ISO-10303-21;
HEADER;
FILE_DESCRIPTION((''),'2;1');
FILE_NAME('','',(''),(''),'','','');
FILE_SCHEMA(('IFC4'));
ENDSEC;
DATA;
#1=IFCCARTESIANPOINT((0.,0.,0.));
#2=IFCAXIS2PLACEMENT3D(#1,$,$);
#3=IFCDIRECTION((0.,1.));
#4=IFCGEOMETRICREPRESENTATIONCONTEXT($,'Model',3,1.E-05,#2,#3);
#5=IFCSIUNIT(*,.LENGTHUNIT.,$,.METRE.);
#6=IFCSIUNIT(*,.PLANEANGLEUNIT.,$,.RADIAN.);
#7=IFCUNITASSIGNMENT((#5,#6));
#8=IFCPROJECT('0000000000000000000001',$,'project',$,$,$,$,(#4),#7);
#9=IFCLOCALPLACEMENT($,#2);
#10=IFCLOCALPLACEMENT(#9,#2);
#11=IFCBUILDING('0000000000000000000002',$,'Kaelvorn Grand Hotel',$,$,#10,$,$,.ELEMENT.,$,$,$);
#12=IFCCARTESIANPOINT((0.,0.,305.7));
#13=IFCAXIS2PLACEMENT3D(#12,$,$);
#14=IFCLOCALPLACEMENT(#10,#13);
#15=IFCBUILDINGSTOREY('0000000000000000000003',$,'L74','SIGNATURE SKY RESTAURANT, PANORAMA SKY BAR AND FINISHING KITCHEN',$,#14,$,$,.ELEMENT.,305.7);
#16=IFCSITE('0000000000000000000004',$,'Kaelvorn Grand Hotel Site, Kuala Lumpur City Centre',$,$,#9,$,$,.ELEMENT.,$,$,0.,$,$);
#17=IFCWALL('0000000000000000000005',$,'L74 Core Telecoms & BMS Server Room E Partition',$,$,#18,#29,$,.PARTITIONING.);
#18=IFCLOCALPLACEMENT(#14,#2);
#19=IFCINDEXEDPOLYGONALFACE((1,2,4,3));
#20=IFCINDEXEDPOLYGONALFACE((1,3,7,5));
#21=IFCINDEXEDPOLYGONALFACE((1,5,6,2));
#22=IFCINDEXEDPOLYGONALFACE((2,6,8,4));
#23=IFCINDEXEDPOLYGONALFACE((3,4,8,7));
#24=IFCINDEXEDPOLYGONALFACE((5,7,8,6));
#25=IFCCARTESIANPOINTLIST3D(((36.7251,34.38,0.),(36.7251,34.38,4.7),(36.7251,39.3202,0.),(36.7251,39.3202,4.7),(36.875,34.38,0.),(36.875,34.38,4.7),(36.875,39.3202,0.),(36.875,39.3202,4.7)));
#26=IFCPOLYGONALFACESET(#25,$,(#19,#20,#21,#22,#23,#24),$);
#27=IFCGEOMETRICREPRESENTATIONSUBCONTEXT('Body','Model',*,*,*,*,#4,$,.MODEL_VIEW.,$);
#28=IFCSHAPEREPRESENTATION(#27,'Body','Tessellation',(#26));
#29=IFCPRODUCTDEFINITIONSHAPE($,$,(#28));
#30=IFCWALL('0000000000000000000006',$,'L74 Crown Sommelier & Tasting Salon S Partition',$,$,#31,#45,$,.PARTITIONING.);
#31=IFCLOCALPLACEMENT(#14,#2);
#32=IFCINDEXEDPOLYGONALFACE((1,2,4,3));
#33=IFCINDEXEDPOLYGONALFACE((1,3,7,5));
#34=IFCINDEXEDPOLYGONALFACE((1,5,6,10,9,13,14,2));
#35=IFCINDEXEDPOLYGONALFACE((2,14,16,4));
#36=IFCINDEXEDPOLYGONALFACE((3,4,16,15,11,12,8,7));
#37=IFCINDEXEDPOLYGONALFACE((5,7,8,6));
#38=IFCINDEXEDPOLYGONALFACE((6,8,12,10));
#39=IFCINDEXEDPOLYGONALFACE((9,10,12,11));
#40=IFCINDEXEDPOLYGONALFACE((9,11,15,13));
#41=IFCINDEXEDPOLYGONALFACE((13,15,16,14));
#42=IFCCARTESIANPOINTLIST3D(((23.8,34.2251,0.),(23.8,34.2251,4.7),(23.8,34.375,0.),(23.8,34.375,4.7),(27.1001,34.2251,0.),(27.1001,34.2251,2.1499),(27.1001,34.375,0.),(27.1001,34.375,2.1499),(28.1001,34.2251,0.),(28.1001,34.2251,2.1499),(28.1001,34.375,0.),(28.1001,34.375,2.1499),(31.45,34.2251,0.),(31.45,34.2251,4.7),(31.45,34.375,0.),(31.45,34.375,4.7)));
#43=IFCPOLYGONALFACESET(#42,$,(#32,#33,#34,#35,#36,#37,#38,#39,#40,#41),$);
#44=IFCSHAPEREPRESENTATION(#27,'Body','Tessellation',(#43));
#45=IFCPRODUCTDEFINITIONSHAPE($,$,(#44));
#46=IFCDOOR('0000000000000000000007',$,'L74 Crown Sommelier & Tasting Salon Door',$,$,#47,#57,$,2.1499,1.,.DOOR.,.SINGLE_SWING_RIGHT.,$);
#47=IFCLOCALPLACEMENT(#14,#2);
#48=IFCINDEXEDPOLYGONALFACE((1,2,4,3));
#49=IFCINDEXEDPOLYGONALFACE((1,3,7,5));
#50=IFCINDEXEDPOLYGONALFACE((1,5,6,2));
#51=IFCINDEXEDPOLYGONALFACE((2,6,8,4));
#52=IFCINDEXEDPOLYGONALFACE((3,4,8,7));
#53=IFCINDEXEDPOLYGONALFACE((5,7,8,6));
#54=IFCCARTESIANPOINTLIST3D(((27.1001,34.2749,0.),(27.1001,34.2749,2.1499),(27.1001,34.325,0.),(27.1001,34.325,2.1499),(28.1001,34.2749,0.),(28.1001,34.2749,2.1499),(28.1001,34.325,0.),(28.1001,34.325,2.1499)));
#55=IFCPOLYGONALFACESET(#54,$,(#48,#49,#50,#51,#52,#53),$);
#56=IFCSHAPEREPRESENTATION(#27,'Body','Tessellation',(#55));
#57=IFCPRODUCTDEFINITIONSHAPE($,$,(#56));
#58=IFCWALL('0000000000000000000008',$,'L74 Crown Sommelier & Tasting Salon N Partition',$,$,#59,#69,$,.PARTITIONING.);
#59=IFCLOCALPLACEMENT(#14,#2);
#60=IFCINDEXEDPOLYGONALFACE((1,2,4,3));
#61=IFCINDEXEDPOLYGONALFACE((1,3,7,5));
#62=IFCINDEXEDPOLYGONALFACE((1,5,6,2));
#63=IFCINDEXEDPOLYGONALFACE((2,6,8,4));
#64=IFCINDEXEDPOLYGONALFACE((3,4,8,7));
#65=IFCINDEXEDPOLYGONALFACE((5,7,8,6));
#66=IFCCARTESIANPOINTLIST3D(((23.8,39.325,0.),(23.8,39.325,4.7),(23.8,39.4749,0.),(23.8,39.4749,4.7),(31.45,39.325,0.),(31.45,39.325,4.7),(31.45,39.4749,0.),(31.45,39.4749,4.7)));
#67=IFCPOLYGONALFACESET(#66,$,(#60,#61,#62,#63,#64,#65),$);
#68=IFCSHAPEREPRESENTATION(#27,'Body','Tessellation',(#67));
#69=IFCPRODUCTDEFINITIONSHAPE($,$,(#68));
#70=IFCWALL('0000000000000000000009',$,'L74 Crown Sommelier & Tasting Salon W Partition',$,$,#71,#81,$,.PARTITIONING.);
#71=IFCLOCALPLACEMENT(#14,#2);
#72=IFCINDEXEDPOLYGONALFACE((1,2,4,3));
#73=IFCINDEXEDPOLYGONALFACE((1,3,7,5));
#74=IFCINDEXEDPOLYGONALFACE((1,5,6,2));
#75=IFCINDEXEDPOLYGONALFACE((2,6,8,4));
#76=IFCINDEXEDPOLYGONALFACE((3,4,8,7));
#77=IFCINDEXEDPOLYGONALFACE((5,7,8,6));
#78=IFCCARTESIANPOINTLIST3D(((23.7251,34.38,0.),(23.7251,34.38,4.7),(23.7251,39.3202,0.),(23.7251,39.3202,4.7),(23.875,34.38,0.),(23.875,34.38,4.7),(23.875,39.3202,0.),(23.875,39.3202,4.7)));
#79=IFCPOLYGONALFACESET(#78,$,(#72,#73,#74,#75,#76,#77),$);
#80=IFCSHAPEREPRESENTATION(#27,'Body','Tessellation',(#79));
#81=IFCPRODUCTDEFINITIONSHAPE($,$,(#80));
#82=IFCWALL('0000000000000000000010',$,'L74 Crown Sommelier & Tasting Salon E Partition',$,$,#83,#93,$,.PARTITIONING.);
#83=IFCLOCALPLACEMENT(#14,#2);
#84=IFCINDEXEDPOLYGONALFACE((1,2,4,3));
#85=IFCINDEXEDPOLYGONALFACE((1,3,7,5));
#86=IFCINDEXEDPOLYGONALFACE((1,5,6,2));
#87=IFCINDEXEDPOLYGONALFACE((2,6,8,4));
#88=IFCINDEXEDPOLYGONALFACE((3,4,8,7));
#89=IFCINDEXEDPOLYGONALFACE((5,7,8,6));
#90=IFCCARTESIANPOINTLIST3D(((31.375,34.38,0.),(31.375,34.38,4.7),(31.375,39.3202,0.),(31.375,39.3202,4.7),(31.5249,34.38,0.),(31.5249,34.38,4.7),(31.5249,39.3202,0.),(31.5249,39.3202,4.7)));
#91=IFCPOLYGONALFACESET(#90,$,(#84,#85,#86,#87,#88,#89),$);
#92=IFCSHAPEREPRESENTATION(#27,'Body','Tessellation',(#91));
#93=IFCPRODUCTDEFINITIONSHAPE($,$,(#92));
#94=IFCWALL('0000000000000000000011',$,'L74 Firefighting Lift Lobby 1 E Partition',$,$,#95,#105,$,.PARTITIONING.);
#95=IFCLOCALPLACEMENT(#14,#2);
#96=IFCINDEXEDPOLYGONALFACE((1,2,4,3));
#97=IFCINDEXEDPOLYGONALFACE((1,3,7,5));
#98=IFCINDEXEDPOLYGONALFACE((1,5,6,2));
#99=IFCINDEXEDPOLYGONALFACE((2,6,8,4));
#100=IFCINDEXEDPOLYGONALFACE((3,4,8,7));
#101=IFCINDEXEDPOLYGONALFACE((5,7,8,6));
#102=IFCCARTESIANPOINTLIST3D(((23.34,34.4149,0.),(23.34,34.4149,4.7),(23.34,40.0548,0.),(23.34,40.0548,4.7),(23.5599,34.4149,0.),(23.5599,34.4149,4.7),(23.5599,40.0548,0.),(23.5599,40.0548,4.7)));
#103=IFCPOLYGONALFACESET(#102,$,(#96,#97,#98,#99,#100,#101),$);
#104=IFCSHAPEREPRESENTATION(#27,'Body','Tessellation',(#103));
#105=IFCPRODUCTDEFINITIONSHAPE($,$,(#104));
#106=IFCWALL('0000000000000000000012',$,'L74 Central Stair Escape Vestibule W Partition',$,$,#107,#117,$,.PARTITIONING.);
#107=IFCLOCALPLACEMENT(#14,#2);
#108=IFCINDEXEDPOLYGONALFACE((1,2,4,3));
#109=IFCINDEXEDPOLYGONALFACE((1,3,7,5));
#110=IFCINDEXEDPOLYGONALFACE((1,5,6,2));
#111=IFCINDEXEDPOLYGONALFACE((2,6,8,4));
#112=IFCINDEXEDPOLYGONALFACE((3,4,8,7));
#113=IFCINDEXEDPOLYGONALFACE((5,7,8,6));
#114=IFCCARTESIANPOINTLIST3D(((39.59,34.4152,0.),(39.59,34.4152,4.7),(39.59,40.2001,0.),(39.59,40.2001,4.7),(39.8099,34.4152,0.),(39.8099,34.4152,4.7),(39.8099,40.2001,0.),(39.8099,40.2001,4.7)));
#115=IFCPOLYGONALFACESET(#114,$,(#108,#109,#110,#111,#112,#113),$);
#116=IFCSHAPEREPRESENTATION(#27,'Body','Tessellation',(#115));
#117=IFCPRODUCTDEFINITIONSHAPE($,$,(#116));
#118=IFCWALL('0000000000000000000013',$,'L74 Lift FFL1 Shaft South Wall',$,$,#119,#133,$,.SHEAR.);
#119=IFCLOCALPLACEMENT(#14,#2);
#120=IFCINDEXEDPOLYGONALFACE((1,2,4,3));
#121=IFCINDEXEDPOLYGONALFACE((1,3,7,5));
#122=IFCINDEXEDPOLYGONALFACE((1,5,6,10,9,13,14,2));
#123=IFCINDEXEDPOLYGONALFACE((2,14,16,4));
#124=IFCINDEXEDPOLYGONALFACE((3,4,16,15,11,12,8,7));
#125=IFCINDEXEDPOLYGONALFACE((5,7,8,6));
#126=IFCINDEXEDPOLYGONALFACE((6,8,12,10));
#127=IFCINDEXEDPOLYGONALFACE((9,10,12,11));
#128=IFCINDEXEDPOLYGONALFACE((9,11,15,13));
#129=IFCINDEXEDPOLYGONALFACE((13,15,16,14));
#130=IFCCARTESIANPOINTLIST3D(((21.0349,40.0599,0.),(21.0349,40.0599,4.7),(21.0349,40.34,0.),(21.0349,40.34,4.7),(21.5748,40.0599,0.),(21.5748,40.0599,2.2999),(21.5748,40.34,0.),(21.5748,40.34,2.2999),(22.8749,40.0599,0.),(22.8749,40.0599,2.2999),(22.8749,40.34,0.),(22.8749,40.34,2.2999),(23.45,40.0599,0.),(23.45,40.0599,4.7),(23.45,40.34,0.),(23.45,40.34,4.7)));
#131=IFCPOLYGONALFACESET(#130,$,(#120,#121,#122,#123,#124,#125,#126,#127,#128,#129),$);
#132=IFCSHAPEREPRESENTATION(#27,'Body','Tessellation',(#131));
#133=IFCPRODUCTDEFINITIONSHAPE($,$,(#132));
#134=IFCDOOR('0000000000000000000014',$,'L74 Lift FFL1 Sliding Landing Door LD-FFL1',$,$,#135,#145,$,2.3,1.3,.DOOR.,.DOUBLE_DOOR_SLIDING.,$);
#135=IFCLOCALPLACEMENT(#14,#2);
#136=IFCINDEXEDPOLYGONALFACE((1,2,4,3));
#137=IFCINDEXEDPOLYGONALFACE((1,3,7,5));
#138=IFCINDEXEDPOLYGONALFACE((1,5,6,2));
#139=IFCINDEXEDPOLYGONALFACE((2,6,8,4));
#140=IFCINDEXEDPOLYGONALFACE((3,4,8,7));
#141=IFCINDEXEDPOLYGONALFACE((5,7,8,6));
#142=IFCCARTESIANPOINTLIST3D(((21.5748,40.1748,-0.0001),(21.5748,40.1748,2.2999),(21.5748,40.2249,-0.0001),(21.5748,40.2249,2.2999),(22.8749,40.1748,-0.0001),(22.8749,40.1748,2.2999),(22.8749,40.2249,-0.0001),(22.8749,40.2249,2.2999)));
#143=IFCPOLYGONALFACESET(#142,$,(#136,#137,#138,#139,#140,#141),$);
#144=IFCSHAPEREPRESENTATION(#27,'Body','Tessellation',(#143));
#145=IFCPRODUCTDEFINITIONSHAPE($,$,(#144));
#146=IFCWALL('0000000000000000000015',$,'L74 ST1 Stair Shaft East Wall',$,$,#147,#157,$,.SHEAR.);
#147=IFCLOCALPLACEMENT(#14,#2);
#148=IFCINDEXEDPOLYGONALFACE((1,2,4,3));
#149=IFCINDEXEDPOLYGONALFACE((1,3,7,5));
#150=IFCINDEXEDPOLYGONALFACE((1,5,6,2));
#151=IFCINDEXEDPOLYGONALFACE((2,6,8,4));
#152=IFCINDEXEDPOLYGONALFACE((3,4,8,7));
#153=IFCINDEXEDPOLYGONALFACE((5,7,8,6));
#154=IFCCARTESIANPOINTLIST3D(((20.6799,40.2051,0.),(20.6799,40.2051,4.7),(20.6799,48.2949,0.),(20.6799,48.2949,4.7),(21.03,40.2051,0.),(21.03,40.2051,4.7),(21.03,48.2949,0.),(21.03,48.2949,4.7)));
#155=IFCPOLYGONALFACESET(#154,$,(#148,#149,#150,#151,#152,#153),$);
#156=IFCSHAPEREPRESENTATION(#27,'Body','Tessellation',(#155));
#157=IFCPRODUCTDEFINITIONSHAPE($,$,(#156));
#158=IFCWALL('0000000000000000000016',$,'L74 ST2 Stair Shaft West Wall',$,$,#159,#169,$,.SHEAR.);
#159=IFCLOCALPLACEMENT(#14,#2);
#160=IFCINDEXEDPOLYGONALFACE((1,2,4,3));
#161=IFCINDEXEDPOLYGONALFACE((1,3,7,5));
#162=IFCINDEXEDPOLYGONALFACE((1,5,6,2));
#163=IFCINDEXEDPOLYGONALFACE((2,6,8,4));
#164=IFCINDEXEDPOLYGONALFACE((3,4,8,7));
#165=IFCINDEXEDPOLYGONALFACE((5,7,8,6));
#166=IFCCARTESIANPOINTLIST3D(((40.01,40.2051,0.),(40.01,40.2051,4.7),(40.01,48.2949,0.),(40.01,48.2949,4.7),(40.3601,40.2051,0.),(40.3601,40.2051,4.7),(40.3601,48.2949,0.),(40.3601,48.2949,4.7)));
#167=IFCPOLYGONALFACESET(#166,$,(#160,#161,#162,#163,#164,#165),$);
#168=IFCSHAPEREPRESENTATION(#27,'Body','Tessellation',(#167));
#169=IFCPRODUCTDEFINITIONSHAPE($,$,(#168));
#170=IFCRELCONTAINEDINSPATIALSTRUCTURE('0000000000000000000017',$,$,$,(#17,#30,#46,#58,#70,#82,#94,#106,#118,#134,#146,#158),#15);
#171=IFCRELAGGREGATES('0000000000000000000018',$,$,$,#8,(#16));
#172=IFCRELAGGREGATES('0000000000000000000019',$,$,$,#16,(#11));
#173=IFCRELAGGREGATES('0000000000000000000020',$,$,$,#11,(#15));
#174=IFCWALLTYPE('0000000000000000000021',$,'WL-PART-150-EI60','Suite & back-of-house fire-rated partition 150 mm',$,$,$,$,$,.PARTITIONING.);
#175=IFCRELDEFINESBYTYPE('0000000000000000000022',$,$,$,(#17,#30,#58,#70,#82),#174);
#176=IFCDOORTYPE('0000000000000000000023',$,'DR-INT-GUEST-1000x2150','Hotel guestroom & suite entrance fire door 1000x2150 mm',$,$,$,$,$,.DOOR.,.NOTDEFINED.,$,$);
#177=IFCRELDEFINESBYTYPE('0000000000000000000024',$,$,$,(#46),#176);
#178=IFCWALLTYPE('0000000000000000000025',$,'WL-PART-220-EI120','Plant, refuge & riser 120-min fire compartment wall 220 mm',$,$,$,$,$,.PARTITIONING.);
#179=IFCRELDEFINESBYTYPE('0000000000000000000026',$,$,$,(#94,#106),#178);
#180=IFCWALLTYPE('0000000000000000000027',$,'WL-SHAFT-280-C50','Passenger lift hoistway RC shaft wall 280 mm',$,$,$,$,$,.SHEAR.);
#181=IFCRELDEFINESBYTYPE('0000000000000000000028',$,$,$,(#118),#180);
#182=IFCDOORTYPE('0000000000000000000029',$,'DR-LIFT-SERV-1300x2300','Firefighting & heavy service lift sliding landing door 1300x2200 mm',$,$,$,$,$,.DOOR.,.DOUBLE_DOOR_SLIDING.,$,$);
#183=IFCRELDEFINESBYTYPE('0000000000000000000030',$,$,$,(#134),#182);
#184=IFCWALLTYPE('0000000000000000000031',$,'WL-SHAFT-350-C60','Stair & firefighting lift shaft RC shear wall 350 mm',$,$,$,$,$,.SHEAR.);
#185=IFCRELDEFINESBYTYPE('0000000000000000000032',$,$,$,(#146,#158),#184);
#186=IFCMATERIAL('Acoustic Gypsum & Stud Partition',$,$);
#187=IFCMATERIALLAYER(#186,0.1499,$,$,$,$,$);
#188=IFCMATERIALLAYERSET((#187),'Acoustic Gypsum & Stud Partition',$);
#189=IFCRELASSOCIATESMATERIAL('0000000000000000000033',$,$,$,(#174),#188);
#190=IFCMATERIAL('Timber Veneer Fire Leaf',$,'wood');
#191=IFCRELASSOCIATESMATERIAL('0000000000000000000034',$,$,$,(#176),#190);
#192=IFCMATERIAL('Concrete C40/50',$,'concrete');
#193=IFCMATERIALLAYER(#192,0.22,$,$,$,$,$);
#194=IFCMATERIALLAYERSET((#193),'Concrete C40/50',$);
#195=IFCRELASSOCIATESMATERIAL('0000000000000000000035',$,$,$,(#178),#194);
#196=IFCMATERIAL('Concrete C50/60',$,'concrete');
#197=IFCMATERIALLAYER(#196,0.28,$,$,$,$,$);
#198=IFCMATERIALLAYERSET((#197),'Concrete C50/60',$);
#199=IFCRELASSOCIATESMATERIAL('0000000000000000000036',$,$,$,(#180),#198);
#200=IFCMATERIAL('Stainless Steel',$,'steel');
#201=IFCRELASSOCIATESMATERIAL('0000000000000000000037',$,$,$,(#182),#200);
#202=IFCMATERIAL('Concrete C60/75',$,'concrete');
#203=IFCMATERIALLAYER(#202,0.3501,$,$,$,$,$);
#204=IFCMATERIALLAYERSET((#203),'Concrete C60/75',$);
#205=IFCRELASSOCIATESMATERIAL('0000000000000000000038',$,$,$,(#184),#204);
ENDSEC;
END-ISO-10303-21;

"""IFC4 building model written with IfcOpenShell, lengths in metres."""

from ifc_helpers import new_model, si_unit, direction, frame, frame_2d, origin, place, context, subcontext, project, spatial, rectangle, extrude, material, layer, layer_set, type_object, element, fill, save


model = new_model("IFC4")

# Units and contexts
model_context = context("Model", 3, precision=1e-05, world=origin(), true_north=direction((0.0, 1.0)))
body_context = subcontext(model_context, "Body", "Model", "MODEL_VIEW")
ifc_project = project(units=[si_unit("LENGTHUNIT", "METRE"), si_unit("PLANEANGLEUNIT", "RADIAN")], contexts=[model_context])

# Site, building, storey
site_placement = place(None, origin())
site = spatial("IfcSite", under=ifc_project, at=site_placement, Name="Kaelvorn Grand Hotel Site, Kuala Lumpur City Centre", CompositionType="ELEMENT", RefElevation=0.0)
building_placement = place(site_placement, origin())
building = spatial("IfcBuilding", under=site, at=building_placement, Name="Kaelvorn Grand Hotel", CompositionType="ELEMENT")
storey_placement = place(building_placement, frame((0.0, 0.0, 305.7)))
storey = spatial("IfcBuildingStorey", under=building, at=storey_placement, Name="L74", Description="SIGNATURE SKY RESTAURANT, PANORAMA SKY BAR AND FINISHING KITCHEN", CompositionType="ELEMENT", Elevation=305.7)

# Shared definitions
ifc_material_1 = material(Name="Concrete C50/60", Category="concrete")

# Shared definitions
ifc_material_2 = material(Name="Concrete C60/75", Category="concrete")

# Shared definitions
ifc_material_3 = material(Name="Acoustic Gypsum & Stud Partition")
ifc_layer_1 = layer(ifc_material_3, 0.1499)
ifc_layer_set_1 = layer_set([ifc_layer_1], Name="Acoustic Gypsum & Stud Partition")
wall_type_1 = type_object("IfcWallType", Name="WL-PART-150-EI60", Description="Suite & back-of-house fire-rated partition 150 mm", PredefinedType="PARTITIONING", material=ifc_layer_set_1)

# Wall
for number, where, z_axis, x_axis, name in (
    (1, (36.8, 34.3799, 0.0), (0.0, 0.0, 1.0), (0.0, 1.0, 0.0), "L74 Core Telecoms & BMS Server Room E Partition"),
):
    element("IfcWall", number, at=place(storey_placement, frame(where, z_axis=z_axis, x_axis=x_axis)), inside=storey, type_object=wall_type_1, Name=name, PredefinedType="PARTITIONING", context=body_context, shape_type="SweptSolid", body=[
        extrude(rectangle(XDim=4.9402, YDim=0.1499, at=frame_2d((2.4702, 0.0))), origin(), (0.0, 0.0, 1.0), 4.7),
    ])

# Wall, opening, door
wall_1_placement = place(storey_placement, frame((23.8, 34.3, 0.0), z_axis=(0.0, 0.0, 1.0), x_axis=(1.0, 0.0, 0.0)))
wall_1 = element("IfcWall", 2, at=wall_1_placement, inside=storey, type_object=wall_type_1, Name="L74 Crown Sommelier & Tasting Salon S Partition", PredefinedType="PARTITIONING", context=body_context, shape_type="SweptSolid", body=[
    extrude(rectangle(XDim=7.6499, YDim=0.1499, at=frame_2d((3.825, 0.0))), origin(), (0.0, 0.0, 1.0), 4.7),
])
opening_1_placement = place(wall_1_placement, frame((3.3, 0.0, 0.0)))
opening_1 = element("IfcOpeningElement", 3, at=opening_1_placement, cuts=wall_1, PredefinedType="OPENING", context=body_context, shape_type="SweptSolid", body=[
    extrude(rectangle(XDim=1.0, YDim=2.1499, at=frame_2d((0.5, 1.075))), frame((0.0, 0.085, 0.0), z_axis=(0.0, -1.0, 0.0), x_axis=(1.0, 0.0, 0.0)), (0.0, 0.0, 1.0), 0.1699),
])
ifc_material_4 = material(Name="Timber Veneer Fire Leaf", Category="wood")
door_type_1 = type_object("IfcDoorType", Name="DR-INT-GUEST-1000x2150", Description="Hotel guestroom & suite entrance fire door 1000x2150 mm", OperationType="NOTDEFINED", PredefinedType="DOOR", material=ifc_material_4)
door_1_placement = place(opening_1_placement, origin())
door_1 = element("IfcDoor", 4, at=door_1_placement, inside=storey, type_object=door_type_1, Name="L74 Crown Sommelier & Tasting Salon Door", OperationType="SINGLE_SWING_RIGHT", OverallHeight=2.1499, OverallWidth=1.0, PredefinedType="DOOR", context=body_context, shape_type="SweptSolid", body=[
    extrude(rectangle(XDim=1.0, YDim=2.1499, at=frame_2d((0.5, 1.075))), frame((0.0, 0.0249, 0.0), z_axis=(0.0, -1.0, 0.0), x_axis=(1.0, 0.0, 0.0)), (0.0, 0.0, 1.0), 0.05),
])
fill(opening_1, door_1)

# Walls
wall_2_placement = place(storey_placement, frame((23.8, 39.3999, 0.0), z_axis=(0.0, 0.0, 1.0), x_axis=(1.0, 0.0, 0.0)))
element("IfcWall", 5, at=wall_2_placement, inside=storey, type_object=wall_type_1, Name="L74 Crown Sommelier & Tasting Salon N Partition", PredefinedType="PARTITIONING", context=body_context, shape_type="SweptSolid", body=[
    extrude(rectangle(XDim=7.6499, YDim=0.1499, at=frame_2d((3.825, 0.0))), origin(), (0.0, 0.0, 1.0), 4.7),
])
for number, where, z_axis, x_axis, name in (
    (6, (23.8, 34.3799, 0.0), (0.0, 0.0, 1.0), (0.0, 1.0, 0.0), "L74 Crown Sommelier & Tasting Salon W Partition"),
    (7, (31.45, 34.3799, 0.0), (0.0, 0.0, 1.0), (0.0, 1.0, 0.0), "L74 Crown Sommelier & Tasting Salon E Partition"),
):
    element("IfcWall", number, at=place(storey_placement, frame(where, z_axis=z_axis, x_axis=x_axis)), inside=storey, type_object=wall_type_1, Name=name, PredefinedType="PARTITIONING", context=body_context, shape_type="SweptSolid", body=[
        extrude(rectangle(XDim=4.9402, YDim=0.1499, at=frame_2d((2.4702, 0.0))), origin(), (0.0, 0.0, 1.0), 4.7),
    ])
ifc_material_5 = material(Name="Concrete C40/50", Category="concrete")
ifc_layer_2 = layer(ifc_material_5, 0.22)
ifc_layer_set_2 = layer_set([ifc_layer_2], Name="Concrete C40/50")
wall_type_2 = type_object("IfcWallType", Name="WL-PART-220-EI120", Description="Plant, refuge & riser 120-min fire compartment wall 220 mm", PredefinedType="PARTITIONING", material=ifc_layer_set_2)
wall_3_placement = place(storey_placement, frame((23.45, 34.415, 0.0), z_axis=(0.0, 0.0, 1.0), x_axis=(0.0, 1.0, 0.0)))
element("IfcWall", 8, at=wall_3_placement, inside=storey, type_object=wall_type_2, Name="L74 Firefighting Lift Lobby 1 E Partition", PredefinedType="PARTITIONING", context=body_context, shape_type="SweptSolid", body=[
    extrude(rectangle(XDim=5.6399, YDim=0.22, at=frame_2d((2.8198, 0.0))), origin(), (0.0, 0.0, 1.0), 4.7),
])

# Wall
wall_4_placement = place(storey_placement, frame((39.7, 34.415, 0.0), z_axis=(0.0, 0.0, 1.0), x_axis=(0.0, 1.0, 0.0)))
element("IfcWall", 9, at=wall_4_placement, inside=storey, type_object=wall_type_2, Name="L74 Central Stair Escape Vestibule W Partition", PredefinedType="PARTITIONING", context=body_context, shape_type="SweptSolid", body=[
    extrude(rectangle(XDim=5.7849, YDim=0.22, at=frame_2d((2.8926, 0.0))), origin(), (0.0, 0.0, 1.0), 4.7),
])

# Wall, opening, door
ifc_layer_3 = layer(ifc_material_1, 0.28)
ifc_layer_set_3 = layer_set([ifc_layer_3], Name="Concrete C50/60")
wall_type_3 = type_object("IfcWallType", Name="WL-SHAFT-280-C50", Description="Passenger lift hoistway RC shaft wall 280 mm", PredefinedType="SHEAR", material=ifc_layer_set_3)
wall_5_placement = place(storey_placement, frame((21.0349, 40.2, 0.0), z_axis=(0.0, 0.0, 1.0), x_axis=(1.0, 0.0, 0.0)))
wall_5 = element("IfcWall", 10, at=wall_5_placement, inside=storey, type_object=wall_type_3, Name="L74 Lift FFL1 Shaft South Wall", PredefinedType="SHEAR", context=body_context, shape_type="SweptSolid", body=[
    extrude(rectangle(XDim=2.415, YDim=0.28, at=frame_2d((1.2075, 0.0))), origin(), (0.0, 0.0, 1.0), 4.7),
])
opening_2_placement = place(wall_5_placement, frame((0.54, 0.0, 0.0)))
opening_2 = element("IfcOpeningElement", 11, at=opening_2_placement, cuts=wall_5, PredefinedType="OPENING", context=body_context, shape_type="SweptSolid", body=[
    extrude(rectangle(XDim=1.3, YDim=2.3, at=frame_2d((0.6499, 1.1499))), frame((0.0, 0.1499, 0.0), z_axis=(0.0, -1.0, 0.0), x_axis=(1.0, 0.0, 0.0)), (0.0, 0.0, 1.0), 0.3),
])
ifc_material_6 = material(Name="Stainless Steel", Category="steel")
door_type_2 = type_object("IfcDoorType", Name="DR-LIFT-SERV-1300x2300", Description="Firefighting & heavy service lift sliding landing door 1300x2200 mm", OperationType="DOUBLE_DOOR_SLIDING", PredefinedType="DOOR", material=ifc_material_6)
door_2_placement = place(opening_2_placement, origin())
door_2 = element("IfcDoor", 12, at=door_2_placement, inside=storey, type_object=door_type_2, Name="L74 Lift FFL1 Sliding Landing Door LD-FFL1", OperationType="DOUBLE_DOOR_SLIDING", OverallHeight=2.3, OverallWidth=1.3, PredefinedType="DOOR", context=body_context, shape_type="SweptSolid", body=[
    extrude(rectangle(XDim=1.3, YDim=2.3, at=frame_2d((0.6499, 1.1499))), frame((0.0, 0.0249, 0.0), z_axis=(0.0, -1.0, 0.0), x_axis=(1.0, 0.0, 0.0)), (0.0, 0.0, 1.0), 0.05),
])
fill(opening_2, door_2)

# Wall
ifc_layer_4 = layer(ifc_material_2, 0.3501)
ifc_layer_set_4 = layer_set([ifc_layer_4], Name="Concrete C60/75")
wall_type_4 = type_object("IfcWallType", Name="WL-SHAFT-350-C60", Description="Stair & firefighting lift shaft RC shear wall 350 mm", PredefinedType="SHEAR", material=ifc_layer_set_4)
wall_6_placement = place(storey_placement, frame((20.855, 40.2051, 0.0), z_axis=(0.0, 0.0, 1.0), x_axis=(0.0, 1.0, 0.0)))
element("IfcWall", 13, at=wall_6_placement, inside=storey, type_object=wall_type_4, Name="L74 ST1 Stair Shaft East Wall", PredefinedType="SHEAR", context=body_context, shape_type="SweptSolid", body=[
    extrude(rectangle(XDim=8.0898, YDim=0.3501, at=frame_2d((4.0449, 0.0))), origin(), (0.0, 0.0, 1.0), 4.7),
])

# Wall
wall_7_placement = place(storey_placement, frame((40.1851, 40.2051, 0.0), z_axis=(0.0, 0.0, 1.0), x_axis=(0.0, 1.0, 0.0)))
element("IfcWall", 14, at=wall_7_placement, inside=storey, type_object=wall_type_4, Name="L74 ST2 Stair Shaft West Wall", PredefinedType="SHEAR", context=body_context, shape_type="SweptSolid", body=[
    extrude(rectangle(XDim=8.0898, YDim=0.3501, at=frame_2d((4.0449, 0.0))), origin(), (0.0, 0.0, 1.0), 4.7),
])

save(model, "model.ifc")
